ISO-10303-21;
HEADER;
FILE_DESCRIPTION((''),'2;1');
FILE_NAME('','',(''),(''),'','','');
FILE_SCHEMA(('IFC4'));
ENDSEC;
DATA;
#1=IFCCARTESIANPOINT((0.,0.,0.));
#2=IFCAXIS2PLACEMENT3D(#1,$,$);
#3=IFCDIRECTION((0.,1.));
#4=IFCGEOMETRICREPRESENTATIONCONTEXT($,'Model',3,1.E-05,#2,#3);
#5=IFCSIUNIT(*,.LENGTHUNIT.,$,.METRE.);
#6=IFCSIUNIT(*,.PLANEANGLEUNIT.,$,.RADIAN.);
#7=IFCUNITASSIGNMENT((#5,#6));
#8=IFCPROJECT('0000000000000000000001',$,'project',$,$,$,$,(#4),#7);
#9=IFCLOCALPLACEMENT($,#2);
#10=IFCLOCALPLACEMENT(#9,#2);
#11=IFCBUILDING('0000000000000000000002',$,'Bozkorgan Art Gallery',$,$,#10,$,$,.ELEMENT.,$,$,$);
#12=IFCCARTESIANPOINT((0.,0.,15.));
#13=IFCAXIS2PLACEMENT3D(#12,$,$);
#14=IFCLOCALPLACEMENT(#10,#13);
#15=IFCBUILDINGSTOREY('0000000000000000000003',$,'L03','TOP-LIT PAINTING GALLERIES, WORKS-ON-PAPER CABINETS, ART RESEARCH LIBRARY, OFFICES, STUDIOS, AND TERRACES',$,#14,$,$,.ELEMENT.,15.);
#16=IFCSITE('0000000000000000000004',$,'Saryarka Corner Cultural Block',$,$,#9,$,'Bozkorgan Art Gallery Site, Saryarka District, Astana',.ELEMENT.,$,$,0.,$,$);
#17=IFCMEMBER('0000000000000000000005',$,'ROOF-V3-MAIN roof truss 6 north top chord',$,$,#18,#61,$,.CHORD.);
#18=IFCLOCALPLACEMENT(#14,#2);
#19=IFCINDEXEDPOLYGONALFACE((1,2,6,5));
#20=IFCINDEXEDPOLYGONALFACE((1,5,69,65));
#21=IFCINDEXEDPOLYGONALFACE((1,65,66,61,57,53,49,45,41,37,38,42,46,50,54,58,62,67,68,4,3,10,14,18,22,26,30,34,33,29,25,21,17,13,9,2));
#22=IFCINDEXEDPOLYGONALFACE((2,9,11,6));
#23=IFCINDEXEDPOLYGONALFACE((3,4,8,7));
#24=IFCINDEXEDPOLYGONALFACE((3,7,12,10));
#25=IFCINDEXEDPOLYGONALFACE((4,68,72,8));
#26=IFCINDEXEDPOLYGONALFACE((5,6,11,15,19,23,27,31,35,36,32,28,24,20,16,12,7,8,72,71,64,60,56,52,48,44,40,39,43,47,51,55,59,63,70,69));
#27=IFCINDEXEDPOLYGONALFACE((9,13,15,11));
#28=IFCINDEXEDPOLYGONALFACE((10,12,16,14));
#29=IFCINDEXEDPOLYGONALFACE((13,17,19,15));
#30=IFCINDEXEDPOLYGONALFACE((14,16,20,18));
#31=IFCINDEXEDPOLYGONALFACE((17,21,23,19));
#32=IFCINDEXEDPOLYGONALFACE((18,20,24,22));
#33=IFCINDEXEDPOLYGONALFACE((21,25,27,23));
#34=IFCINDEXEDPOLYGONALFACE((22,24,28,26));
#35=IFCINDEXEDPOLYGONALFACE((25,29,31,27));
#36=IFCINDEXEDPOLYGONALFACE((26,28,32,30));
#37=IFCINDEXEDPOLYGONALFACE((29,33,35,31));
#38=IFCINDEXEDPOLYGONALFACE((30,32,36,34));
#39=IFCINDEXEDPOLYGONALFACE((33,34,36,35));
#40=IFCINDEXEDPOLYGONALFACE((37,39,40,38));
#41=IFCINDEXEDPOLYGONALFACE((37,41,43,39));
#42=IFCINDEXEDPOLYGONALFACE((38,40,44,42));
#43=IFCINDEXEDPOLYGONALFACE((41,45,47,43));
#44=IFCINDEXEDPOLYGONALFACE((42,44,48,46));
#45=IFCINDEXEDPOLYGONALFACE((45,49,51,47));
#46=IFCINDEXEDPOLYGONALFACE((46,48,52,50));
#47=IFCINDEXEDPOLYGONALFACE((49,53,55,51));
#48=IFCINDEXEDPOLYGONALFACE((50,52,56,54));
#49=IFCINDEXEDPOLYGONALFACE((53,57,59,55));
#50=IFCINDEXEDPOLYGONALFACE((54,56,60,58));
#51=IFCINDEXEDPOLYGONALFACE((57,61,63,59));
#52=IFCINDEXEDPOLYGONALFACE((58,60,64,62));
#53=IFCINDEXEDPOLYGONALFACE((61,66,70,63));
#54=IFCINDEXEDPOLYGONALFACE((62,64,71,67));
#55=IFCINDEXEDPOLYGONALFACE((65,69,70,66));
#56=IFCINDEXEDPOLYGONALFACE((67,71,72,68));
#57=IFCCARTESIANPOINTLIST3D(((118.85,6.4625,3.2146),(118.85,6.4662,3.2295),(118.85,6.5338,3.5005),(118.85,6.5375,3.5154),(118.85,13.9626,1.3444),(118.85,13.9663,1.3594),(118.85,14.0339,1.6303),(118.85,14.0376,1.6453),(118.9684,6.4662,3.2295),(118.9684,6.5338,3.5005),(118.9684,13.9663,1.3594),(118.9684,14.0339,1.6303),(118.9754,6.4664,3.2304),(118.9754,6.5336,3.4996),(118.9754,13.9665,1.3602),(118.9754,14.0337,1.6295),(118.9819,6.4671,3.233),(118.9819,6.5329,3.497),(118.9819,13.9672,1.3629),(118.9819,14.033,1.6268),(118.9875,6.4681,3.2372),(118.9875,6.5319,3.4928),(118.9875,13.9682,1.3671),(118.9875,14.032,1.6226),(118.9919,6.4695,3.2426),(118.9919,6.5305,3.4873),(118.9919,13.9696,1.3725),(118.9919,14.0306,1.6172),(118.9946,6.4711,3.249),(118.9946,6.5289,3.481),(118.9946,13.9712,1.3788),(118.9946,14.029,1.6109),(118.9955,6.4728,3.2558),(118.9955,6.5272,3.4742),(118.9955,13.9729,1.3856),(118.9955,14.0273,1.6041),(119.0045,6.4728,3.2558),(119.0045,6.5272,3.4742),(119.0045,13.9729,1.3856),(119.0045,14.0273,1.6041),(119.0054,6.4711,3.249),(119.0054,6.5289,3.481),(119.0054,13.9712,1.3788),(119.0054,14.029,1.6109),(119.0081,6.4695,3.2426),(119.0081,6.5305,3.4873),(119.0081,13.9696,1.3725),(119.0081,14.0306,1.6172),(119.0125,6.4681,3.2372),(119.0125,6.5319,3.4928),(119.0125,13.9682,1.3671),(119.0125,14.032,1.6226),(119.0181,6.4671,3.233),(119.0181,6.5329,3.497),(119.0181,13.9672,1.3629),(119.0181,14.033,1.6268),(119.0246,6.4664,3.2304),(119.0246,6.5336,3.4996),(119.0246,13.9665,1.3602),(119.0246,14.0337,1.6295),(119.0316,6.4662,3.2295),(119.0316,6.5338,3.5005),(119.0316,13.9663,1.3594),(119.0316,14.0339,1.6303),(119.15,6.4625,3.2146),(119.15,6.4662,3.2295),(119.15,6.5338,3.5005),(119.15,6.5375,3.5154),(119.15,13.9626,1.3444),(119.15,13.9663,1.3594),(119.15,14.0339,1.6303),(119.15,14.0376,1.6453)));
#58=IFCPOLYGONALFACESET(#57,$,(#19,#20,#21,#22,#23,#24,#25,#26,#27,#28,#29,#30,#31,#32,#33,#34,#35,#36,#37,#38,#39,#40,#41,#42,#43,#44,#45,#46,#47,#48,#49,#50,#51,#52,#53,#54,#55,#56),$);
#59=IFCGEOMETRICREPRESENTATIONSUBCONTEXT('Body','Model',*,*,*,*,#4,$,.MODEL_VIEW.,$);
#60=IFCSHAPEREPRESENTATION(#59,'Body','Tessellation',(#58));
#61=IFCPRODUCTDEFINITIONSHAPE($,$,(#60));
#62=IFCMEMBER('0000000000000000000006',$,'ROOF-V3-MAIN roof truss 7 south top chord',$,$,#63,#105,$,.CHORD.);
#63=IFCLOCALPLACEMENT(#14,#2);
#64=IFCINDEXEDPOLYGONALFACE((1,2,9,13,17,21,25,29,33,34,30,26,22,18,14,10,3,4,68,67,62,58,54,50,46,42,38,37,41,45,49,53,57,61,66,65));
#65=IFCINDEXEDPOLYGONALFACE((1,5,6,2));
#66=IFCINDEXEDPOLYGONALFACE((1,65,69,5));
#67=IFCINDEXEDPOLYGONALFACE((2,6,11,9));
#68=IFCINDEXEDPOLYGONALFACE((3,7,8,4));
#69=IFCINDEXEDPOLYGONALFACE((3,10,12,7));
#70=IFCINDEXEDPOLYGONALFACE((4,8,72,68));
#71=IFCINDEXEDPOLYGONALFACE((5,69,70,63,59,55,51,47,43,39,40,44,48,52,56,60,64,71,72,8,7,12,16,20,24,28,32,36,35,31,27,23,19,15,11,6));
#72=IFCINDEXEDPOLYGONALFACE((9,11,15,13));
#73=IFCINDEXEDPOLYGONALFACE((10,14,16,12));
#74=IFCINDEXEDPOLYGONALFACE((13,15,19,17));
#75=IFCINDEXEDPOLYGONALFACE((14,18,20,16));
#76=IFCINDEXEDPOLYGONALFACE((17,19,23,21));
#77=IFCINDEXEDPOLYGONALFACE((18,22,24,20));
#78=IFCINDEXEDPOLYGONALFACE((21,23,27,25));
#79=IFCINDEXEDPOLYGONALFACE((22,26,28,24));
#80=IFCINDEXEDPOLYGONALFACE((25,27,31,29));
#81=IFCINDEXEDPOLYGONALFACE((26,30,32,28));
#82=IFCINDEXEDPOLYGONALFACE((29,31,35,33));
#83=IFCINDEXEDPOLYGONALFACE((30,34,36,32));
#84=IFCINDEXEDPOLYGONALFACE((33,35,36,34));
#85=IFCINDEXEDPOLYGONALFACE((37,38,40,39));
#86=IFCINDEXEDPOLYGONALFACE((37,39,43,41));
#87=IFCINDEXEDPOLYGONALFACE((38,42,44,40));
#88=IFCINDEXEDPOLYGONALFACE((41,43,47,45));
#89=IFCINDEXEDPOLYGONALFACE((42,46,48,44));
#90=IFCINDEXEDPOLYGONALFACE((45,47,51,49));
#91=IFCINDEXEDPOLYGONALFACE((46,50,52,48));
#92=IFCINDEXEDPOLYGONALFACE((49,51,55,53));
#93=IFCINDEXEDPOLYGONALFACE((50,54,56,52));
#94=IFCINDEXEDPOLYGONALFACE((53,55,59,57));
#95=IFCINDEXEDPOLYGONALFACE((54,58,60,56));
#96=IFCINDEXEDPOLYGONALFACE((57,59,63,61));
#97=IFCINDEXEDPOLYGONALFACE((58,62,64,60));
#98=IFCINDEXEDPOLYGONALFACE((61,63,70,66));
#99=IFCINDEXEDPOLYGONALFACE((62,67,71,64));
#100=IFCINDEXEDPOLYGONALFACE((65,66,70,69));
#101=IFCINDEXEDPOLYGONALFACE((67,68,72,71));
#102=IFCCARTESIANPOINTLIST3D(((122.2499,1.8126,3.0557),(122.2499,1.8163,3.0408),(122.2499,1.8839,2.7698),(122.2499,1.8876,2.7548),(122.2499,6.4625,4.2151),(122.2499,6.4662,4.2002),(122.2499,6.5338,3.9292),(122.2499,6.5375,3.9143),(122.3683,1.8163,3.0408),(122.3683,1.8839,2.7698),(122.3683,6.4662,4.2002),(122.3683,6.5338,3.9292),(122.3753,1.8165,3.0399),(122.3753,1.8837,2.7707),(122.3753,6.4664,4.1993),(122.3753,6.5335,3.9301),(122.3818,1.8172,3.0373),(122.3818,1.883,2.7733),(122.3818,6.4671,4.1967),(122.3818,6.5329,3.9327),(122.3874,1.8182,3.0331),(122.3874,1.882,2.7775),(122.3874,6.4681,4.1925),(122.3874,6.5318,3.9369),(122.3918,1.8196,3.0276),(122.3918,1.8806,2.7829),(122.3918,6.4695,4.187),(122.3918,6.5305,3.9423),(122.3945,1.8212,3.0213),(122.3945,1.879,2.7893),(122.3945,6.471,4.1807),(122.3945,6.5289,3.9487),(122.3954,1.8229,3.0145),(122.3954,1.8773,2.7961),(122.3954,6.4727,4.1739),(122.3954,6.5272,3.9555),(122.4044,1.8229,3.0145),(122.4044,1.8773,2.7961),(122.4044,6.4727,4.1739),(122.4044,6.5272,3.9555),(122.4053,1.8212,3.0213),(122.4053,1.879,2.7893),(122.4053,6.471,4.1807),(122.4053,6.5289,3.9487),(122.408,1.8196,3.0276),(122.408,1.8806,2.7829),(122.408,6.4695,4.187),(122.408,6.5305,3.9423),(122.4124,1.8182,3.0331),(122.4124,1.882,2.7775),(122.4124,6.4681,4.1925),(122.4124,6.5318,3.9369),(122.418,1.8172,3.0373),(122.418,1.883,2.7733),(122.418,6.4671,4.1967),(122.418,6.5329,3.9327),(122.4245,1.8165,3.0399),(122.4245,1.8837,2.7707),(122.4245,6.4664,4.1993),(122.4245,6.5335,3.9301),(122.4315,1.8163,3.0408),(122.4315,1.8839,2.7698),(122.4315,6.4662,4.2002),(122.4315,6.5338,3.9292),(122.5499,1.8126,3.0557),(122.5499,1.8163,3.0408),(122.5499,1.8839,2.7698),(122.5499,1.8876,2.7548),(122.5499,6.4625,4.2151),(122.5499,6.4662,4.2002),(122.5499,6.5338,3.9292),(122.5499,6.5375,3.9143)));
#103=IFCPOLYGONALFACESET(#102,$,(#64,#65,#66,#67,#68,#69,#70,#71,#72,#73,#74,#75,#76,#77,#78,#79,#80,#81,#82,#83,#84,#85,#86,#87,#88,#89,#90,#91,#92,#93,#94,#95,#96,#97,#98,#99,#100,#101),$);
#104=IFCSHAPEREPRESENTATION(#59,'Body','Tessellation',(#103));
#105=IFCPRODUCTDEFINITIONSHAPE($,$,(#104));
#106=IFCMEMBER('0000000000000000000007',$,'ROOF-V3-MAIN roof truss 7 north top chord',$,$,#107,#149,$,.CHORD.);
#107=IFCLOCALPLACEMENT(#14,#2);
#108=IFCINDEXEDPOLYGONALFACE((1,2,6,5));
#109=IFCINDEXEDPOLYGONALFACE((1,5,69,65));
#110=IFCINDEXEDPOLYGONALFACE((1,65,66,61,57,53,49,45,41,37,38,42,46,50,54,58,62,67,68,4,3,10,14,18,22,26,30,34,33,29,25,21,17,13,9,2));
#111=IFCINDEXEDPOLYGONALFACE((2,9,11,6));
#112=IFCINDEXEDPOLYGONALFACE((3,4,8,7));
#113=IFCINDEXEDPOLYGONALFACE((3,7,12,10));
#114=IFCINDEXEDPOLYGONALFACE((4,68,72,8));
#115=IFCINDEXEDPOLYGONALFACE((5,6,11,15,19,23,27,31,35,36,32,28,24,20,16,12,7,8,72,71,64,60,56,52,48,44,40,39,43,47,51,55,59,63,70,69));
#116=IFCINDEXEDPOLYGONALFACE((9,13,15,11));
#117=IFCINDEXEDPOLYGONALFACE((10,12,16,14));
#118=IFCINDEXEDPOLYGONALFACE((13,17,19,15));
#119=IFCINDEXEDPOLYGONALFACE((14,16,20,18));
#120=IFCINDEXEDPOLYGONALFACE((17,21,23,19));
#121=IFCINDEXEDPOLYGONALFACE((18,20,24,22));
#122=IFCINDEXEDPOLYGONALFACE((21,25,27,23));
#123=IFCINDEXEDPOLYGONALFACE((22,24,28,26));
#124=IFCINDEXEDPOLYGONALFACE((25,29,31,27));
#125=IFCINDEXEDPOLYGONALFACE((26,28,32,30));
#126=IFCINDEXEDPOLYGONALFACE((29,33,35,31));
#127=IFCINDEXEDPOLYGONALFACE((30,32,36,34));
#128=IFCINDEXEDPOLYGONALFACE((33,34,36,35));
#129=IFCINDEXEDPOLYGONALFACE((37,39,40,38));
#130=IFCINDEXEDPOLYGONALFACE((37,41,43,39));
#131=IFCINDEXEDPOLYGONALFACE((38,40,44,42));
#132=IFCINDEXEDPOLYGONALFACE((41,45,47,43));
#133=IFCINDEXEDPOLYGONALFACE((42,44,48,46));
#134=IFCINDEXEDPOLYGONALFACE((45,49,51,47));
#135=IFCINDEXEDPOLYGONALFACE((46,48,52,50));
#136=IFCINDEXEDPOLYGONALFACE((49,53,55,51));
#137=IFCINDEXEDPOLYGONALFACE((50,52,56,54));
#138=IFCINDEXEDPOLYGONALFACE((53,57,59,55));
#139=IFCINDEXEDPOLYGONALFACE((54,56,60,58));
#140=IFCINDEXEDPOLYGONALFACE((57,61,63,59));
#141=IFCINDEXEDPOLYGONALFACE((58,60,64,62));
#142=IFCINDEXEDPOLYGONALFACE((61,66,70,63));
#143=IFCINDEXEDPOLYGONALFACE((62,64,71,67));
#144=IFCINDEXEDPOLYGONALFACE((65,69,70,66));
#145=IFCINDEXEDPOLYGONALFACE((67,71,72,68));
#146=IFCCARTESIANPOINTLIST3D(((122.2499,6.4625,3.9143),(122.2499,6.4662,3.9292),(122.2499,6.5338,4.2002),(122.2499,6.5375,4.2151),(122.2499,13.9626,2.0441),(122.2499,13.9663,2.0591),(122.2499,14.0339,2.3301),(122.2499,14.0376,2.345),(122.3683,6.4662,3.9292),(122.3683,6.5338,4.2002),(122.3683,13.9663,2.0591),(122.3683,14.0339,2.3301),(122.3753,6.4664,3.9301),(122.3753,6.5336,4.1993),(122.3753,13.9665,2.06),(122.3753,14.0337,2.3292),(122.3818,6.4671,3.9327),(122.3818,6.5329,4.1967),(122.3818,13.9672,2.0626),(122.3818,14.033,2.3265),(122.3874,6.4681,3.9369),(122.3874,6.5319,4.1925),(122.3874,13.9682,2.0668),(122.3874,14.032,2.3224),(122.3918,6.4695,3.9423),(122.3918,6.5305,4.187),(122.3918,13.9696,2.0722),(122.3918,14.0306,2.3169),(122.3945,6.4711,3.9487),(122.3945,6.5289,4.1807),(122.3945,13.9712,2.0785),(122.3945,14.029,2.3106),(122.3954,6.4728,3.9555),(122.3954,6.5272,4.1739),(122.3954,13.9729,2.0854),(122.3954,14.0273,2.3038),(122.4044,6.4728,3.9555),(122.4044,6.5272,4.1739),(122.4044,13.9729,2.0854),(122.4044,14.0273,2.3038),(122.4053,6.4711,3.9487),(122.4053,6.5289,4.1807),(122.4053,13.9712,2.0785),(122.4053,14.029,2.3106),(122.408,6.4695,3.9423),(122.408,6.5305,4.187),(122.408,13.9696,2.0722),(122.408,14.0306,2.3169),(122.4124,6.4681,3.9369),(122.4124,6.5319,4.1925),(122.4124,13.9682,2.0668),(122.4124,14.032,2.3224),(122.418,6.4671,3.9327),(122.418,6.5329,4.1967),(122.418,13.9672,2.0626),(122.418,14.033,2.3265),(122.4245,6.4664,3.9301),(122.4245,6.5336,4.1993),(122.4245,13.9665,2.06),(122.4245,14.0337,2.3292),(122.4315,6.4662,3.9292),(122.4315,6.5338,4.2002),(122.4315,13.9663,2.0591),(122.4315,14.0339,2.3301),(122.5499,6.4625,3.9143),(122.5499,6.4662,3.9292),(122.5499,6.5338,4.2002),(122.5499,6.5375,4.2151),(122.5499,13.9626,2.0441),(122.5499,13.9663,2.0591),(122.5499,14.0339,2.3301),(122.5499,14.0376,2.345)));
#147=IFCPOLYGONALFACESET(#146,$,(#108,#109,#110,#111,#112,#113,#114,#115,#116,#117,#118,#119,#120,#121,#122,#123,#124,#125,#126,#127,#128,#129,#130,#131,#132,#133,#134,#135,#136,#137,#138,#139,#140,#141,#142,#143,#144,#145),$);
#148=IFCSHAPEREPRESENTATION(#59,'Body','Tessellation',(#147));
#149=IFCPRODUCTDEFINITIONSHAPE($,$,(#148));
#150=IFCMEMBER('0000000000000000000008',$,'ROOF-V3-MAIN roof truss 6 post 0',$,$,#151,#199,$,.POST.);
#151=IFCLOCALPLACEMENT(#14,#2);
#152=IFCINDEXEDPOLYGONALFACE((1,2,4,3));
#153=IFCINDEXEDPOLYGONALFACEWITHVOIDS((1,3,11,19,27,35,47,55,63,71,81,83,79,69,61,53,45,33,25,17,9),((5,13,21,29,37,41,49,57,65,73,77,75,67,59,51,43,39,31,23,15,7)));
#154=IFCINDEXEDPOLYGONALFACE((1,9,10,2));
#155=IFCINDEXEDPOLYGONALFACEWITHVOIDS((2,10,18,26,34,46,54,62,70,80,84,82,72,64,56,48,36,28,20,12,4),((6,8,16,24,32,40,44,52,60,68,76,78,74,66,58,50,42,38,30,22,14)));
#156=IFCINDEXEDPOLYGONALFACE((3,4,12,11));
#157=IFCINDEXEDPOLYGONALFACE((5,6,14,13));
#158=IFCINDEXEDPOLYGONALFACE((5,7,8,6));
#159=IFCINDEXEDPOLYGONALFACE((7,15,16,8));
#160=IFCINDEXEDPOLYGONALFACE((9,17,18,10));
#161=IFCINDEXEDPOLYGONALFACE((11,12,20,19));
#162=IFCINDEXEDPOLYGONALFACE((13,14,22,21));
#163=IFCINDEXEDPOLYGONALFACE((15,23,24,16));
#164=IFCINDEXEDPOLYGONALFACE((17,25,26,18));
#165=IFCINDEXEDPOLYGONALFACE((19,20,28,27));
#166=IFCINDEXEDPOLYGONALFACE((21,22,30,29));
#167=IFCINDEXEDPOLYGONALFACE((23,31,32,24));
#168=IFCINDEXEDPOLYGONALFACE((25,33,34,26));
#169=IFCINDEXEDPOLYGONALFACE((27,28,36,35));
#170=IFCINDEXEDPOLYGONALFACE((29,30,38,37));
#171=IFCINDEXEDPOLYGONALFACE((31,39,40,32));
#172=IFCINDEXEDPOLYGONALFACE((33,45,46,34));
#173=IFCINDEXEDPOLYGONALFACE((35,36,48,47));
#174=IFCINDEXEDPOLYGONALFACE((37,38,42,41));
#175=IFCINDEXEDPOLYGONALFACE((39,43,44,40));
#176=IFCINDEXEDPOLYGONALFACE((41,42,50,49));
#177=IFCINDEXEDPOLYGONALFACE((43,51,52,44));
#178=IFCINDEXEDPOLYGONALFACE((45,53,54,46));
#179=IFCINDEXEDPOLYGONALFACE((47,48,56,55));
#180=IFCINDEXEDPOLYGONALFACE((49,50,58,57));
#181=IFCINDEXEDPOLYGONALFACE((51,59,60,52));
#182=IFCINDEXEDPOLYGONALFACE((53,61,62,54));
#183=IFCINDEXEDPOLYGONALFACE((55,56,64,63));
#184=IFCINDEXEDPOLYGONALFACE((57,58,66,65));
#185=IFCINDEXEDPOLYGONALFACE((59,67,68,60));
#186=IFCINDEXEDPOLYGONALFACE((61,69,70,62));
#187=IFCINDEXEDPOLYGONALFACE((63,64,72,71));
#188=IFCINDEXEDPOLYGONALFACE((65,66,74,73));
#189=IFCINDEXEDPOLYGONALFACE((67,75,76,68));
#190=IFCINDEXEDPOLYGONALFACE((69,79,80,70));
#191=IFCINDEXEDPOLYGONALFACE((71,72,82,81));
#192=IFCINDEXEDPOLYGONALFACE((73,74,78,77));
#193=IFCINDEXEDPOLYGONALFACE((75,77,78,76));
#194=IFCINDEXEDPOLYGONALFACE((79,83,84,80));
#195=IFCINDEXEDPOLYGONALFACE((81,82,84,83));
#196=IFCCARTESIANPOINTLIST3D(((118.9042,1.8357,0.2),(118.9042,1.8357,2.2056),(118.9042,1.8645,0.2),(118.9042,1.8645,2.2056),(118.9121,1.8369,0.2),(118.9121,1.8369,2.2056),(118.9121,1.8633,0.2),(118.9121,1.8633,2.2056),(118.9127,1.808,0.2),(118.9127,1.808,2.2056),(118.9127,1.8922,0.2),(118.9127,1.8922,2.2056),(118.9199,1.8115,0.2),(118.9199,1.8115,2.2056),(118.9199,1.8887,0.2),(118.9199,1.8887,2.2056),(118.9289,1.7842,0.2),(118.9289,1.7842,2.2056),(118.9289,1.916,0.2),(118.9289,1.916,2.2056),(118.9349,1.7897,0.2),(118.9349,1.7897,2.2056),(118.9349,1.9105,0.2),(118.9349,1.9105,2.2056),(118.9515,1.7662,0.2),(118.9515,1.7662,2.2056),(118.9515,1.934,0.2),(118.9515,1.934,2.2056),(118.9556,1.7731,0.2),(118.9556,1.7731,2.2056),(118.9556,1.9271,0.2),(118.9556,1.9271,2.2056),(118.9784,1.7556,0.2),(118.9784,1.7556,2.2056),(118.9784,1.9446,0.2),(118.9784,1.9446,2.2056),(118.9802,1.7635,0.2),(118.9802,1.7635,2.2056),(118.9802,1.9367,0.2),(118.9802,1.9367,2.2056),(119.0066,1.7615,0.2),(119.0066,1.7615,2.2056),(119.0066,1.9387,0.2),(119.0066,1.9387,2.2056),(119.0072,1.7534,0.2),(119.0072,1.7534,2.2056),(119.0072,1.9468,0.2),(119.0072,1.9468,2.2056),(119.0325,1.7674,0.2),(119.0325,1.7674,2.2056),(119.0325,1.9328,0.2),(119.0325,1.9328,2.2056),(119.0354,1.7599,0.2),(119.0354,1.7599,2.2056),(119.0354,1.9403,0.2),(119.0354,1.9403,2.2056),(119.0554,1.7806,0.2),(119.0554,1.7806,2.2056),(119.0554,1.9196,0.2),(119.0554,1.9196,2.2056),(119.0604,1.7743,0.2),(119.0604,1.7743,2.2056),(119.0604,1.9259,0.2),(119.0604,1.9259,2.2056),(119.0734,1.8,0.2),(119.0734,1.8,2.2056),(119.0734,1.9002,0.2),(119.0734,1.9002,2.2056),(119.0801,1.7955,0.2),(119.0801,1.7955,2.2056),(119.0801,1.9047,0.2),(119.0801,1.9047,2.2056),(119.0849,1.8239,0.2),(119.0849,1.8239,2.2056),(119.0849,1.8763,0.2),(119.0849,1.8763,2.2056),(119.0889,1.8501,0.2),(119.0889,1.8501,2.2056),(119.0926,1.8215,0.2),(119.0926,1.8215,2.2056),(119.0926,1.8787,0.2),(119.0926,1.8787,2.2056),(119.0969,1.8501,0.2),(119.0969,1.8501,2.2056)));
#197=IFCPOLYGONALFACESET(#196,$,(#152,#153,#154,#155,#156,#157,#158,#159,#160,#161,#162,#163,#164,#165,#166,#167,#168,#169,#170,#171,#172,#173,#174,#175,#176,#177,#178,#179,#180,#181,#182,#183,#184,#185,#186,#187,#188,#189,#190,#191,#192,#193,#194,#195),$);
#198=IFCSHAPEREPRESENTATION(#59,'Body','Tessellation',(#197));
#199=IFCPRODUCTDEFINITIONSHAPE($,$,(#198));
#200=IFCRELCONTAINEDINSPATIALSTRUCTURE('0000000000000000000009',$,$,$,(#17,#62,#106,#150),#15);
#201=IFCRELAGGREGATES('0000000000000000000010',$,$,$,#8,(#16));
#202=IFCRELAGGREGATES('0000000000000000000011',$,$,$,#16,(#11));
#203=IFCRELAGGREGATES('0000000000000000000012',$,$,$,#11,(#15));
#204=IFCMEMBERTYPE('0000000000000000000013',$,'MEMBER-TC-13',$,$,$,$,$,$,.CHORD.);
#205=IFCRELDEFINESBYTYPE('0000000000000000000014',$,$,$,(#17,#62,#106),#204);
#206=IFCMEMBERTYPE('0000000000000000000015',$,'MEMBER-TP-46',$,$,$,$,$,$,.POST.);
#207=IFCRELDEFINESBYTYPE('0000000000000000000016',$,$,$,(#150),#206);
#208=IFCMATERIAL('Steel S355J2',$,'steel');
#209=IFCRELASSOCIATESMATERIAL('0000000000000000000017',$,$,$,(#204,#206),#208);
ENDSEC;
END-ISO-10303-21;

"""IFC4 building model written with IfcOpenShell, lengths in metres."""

from ifc_helpers import new_model, si_unit, direction, frame, origin, origin_2d, place, context, subcontext, project, spatial, hollow_circle, i_section, extrude, material, material_profile, profile_set, type_object, element, save


model = new_model("IFC4")

# Units and contexts
model_context = context("Model", 3, precision=1e-05, world=origin(), true_north=direction((0.0, 1.0)))
body_context = subcontext(model_context, "Body", "Model", "MODEL_VIEW")
ifc_project = project(units=[si_unit("LENGTHUNIT", "METRE"), si_unit("PLANEANGLEUNIT", "RADIAN")], contexts=[model_context])

# Site, building, storey
site_placement = place(None, origin())
site = spatial("IfcSite", under=ifc_project, at=site_placement, Name="Saryarka Corner Cultural Block", LongName="Bozkorgan Art Gallery Site, Saryarka District, Astana", CompositionType="ELEMENT", RefElevation=0.0)
building_placement = place(site_placement, origin())
building = spatial("IfcBuilding", under=site, at=building_placement, Name="Bozkorgan Art Gallery", CompositionType="ELEMENT")
storey_placement = place(building_placement, frame((0.0, 0.0, 15.0)))
storey = spatial("IfcBuildingStorey", under=building, at=storey_placement, Name="L03", Description="TOP-LIT PAINTING GALLERIES, WORKS-ON-PAPER CABINETS, ART RESEARCH LIBRARY, OFFICES, STUDIOS, AND TERRACES", CompositionType="ELEMENT", Elevation=15.0)

# Shared definitions
ifc_material = material(Name="Steel S355J2", Category="steel")

# Members
ifc_material_profile_1 = material_profile(ifc_material, i_section(OverallWidth=0.3, OverallDepth=0.3101, WebThickness=0.009, FlangeThickness=0.0154, FilletRadius=0.0271, at=origin_2d()), Name="HEA 320")
ifc_profile_set_1 = profile_set([ifc_material_profile_1], Name="Steel S355J2")
member_type_1 = type_object("IfcMemberType", Name="MEMBER-TC-13", PredefinedType="CHORD", material=ifc_profile_set_1)
member_1_placement = place(storey_placement, frame((119.0, 6.5, 3.365), z_axis=(0.0, 0.970291, -0.241941), x_axis=(-1.0, 0.0, 0.0)))
element("IfcMember", 1, at=member_1_placement, inside=storey, type_object=member_type_1, Name="ROOF-V3-MAIN roof truss 6 north top chord", PredefinedType="CHORD", context=body_context, shape_type="SweptSolid", body=[
    extrude(i_section(OverallWidth=0.3, OverallDepth=0.3101, WebThickness=0.009, FlangeThickness=0.0154, FilletRadius=0.0271, at=origin_2d()), origin(), (0.0, 0.0, 1.0), 7.7297),
])
member_2_placement = place(storey_placement, frame((122.3999, 1.8501, 2.9053), z_axis=(0.0, 0.970292, 0.241936), x_axis=(-1.0, 0.0, 0.0)))
element("IfcMember", 2, at=member_2_placement, inside=storey, type_object=member_type_1, Name="ROOF-V3-MAIN roof truss 7 south top chord", PredefinedType="CHORD", context=body_context, shape_type="SweptSolid", body=[
    extrude(i_section(OverallWidth=0.3, OverallDepth=0.3101, WebThickness=0.009, FlangeThickness=0.0154, FilletRadius=0.0271, at=origin_2d()), origin(), (0.0, 0.0, 1.0), 4.7922),
])
member_3_placement = place(storey_placement, frame((122.3999, 6.5, 4.0647), z_axis=(0.0, 0.970291, -0.241941), x_axis=(-1.0, 0.0, 0.0)))
element("IfcMember", 3, at=member_3_placement, inside=storey, type_object=member_type_1, Name="ROOF-V3-MAIN roof truss 7 north top chord", PredefinedType="CHORD", context=body_context, shape_type="SweptSolid", body=[
    extrude(i_section(OverallWidth=0.3, OverallDepth=0.3101, WebThickness=0.009, FlangeThickness=0.0154, FilletRadius=0.0271, at=origin_2d()), origin(), (0.0, 0.0, 1.0), 7.7297),
])
ifc_material_profile_2 = material_profile(ifc_material, hollow_circle(Radius=0.0969, WallThickness=0.0081, at=origin_2d()), Name="CHS 193.7x8")
ifc_profile_set_2 = profile_set([ifc_material_profile_2], Name="Steel S355J2")
member_type_2 = type_object("IfcMemberType", Name="MEMBER-TP-46", PredefinedType="POST", material=ifc_profile_set_2)
member_4_placement = place(storey_placement, frame((119.0, 1.8501, 0.2), z_axis=(0.0, 0.0, 1.0), x_axis=(1.0, 0.0, 0.0)))
element("IfcMember", 4, at=member_4_placement, inside=storey, type_object=member_type_2, Name="ROOF-V3-MAIN roof truss 6 post 0", PredefinedType="POST", context=body_context, shape_type="SweptSolid", body=[
    extrude(hollow_circle(Radius=0.0969, WallThickness=0.0081, at=origin_2d()), origin(), (0.0, 0.0, 1.0), 2.0056),
])

save(model, "model.ifc")
